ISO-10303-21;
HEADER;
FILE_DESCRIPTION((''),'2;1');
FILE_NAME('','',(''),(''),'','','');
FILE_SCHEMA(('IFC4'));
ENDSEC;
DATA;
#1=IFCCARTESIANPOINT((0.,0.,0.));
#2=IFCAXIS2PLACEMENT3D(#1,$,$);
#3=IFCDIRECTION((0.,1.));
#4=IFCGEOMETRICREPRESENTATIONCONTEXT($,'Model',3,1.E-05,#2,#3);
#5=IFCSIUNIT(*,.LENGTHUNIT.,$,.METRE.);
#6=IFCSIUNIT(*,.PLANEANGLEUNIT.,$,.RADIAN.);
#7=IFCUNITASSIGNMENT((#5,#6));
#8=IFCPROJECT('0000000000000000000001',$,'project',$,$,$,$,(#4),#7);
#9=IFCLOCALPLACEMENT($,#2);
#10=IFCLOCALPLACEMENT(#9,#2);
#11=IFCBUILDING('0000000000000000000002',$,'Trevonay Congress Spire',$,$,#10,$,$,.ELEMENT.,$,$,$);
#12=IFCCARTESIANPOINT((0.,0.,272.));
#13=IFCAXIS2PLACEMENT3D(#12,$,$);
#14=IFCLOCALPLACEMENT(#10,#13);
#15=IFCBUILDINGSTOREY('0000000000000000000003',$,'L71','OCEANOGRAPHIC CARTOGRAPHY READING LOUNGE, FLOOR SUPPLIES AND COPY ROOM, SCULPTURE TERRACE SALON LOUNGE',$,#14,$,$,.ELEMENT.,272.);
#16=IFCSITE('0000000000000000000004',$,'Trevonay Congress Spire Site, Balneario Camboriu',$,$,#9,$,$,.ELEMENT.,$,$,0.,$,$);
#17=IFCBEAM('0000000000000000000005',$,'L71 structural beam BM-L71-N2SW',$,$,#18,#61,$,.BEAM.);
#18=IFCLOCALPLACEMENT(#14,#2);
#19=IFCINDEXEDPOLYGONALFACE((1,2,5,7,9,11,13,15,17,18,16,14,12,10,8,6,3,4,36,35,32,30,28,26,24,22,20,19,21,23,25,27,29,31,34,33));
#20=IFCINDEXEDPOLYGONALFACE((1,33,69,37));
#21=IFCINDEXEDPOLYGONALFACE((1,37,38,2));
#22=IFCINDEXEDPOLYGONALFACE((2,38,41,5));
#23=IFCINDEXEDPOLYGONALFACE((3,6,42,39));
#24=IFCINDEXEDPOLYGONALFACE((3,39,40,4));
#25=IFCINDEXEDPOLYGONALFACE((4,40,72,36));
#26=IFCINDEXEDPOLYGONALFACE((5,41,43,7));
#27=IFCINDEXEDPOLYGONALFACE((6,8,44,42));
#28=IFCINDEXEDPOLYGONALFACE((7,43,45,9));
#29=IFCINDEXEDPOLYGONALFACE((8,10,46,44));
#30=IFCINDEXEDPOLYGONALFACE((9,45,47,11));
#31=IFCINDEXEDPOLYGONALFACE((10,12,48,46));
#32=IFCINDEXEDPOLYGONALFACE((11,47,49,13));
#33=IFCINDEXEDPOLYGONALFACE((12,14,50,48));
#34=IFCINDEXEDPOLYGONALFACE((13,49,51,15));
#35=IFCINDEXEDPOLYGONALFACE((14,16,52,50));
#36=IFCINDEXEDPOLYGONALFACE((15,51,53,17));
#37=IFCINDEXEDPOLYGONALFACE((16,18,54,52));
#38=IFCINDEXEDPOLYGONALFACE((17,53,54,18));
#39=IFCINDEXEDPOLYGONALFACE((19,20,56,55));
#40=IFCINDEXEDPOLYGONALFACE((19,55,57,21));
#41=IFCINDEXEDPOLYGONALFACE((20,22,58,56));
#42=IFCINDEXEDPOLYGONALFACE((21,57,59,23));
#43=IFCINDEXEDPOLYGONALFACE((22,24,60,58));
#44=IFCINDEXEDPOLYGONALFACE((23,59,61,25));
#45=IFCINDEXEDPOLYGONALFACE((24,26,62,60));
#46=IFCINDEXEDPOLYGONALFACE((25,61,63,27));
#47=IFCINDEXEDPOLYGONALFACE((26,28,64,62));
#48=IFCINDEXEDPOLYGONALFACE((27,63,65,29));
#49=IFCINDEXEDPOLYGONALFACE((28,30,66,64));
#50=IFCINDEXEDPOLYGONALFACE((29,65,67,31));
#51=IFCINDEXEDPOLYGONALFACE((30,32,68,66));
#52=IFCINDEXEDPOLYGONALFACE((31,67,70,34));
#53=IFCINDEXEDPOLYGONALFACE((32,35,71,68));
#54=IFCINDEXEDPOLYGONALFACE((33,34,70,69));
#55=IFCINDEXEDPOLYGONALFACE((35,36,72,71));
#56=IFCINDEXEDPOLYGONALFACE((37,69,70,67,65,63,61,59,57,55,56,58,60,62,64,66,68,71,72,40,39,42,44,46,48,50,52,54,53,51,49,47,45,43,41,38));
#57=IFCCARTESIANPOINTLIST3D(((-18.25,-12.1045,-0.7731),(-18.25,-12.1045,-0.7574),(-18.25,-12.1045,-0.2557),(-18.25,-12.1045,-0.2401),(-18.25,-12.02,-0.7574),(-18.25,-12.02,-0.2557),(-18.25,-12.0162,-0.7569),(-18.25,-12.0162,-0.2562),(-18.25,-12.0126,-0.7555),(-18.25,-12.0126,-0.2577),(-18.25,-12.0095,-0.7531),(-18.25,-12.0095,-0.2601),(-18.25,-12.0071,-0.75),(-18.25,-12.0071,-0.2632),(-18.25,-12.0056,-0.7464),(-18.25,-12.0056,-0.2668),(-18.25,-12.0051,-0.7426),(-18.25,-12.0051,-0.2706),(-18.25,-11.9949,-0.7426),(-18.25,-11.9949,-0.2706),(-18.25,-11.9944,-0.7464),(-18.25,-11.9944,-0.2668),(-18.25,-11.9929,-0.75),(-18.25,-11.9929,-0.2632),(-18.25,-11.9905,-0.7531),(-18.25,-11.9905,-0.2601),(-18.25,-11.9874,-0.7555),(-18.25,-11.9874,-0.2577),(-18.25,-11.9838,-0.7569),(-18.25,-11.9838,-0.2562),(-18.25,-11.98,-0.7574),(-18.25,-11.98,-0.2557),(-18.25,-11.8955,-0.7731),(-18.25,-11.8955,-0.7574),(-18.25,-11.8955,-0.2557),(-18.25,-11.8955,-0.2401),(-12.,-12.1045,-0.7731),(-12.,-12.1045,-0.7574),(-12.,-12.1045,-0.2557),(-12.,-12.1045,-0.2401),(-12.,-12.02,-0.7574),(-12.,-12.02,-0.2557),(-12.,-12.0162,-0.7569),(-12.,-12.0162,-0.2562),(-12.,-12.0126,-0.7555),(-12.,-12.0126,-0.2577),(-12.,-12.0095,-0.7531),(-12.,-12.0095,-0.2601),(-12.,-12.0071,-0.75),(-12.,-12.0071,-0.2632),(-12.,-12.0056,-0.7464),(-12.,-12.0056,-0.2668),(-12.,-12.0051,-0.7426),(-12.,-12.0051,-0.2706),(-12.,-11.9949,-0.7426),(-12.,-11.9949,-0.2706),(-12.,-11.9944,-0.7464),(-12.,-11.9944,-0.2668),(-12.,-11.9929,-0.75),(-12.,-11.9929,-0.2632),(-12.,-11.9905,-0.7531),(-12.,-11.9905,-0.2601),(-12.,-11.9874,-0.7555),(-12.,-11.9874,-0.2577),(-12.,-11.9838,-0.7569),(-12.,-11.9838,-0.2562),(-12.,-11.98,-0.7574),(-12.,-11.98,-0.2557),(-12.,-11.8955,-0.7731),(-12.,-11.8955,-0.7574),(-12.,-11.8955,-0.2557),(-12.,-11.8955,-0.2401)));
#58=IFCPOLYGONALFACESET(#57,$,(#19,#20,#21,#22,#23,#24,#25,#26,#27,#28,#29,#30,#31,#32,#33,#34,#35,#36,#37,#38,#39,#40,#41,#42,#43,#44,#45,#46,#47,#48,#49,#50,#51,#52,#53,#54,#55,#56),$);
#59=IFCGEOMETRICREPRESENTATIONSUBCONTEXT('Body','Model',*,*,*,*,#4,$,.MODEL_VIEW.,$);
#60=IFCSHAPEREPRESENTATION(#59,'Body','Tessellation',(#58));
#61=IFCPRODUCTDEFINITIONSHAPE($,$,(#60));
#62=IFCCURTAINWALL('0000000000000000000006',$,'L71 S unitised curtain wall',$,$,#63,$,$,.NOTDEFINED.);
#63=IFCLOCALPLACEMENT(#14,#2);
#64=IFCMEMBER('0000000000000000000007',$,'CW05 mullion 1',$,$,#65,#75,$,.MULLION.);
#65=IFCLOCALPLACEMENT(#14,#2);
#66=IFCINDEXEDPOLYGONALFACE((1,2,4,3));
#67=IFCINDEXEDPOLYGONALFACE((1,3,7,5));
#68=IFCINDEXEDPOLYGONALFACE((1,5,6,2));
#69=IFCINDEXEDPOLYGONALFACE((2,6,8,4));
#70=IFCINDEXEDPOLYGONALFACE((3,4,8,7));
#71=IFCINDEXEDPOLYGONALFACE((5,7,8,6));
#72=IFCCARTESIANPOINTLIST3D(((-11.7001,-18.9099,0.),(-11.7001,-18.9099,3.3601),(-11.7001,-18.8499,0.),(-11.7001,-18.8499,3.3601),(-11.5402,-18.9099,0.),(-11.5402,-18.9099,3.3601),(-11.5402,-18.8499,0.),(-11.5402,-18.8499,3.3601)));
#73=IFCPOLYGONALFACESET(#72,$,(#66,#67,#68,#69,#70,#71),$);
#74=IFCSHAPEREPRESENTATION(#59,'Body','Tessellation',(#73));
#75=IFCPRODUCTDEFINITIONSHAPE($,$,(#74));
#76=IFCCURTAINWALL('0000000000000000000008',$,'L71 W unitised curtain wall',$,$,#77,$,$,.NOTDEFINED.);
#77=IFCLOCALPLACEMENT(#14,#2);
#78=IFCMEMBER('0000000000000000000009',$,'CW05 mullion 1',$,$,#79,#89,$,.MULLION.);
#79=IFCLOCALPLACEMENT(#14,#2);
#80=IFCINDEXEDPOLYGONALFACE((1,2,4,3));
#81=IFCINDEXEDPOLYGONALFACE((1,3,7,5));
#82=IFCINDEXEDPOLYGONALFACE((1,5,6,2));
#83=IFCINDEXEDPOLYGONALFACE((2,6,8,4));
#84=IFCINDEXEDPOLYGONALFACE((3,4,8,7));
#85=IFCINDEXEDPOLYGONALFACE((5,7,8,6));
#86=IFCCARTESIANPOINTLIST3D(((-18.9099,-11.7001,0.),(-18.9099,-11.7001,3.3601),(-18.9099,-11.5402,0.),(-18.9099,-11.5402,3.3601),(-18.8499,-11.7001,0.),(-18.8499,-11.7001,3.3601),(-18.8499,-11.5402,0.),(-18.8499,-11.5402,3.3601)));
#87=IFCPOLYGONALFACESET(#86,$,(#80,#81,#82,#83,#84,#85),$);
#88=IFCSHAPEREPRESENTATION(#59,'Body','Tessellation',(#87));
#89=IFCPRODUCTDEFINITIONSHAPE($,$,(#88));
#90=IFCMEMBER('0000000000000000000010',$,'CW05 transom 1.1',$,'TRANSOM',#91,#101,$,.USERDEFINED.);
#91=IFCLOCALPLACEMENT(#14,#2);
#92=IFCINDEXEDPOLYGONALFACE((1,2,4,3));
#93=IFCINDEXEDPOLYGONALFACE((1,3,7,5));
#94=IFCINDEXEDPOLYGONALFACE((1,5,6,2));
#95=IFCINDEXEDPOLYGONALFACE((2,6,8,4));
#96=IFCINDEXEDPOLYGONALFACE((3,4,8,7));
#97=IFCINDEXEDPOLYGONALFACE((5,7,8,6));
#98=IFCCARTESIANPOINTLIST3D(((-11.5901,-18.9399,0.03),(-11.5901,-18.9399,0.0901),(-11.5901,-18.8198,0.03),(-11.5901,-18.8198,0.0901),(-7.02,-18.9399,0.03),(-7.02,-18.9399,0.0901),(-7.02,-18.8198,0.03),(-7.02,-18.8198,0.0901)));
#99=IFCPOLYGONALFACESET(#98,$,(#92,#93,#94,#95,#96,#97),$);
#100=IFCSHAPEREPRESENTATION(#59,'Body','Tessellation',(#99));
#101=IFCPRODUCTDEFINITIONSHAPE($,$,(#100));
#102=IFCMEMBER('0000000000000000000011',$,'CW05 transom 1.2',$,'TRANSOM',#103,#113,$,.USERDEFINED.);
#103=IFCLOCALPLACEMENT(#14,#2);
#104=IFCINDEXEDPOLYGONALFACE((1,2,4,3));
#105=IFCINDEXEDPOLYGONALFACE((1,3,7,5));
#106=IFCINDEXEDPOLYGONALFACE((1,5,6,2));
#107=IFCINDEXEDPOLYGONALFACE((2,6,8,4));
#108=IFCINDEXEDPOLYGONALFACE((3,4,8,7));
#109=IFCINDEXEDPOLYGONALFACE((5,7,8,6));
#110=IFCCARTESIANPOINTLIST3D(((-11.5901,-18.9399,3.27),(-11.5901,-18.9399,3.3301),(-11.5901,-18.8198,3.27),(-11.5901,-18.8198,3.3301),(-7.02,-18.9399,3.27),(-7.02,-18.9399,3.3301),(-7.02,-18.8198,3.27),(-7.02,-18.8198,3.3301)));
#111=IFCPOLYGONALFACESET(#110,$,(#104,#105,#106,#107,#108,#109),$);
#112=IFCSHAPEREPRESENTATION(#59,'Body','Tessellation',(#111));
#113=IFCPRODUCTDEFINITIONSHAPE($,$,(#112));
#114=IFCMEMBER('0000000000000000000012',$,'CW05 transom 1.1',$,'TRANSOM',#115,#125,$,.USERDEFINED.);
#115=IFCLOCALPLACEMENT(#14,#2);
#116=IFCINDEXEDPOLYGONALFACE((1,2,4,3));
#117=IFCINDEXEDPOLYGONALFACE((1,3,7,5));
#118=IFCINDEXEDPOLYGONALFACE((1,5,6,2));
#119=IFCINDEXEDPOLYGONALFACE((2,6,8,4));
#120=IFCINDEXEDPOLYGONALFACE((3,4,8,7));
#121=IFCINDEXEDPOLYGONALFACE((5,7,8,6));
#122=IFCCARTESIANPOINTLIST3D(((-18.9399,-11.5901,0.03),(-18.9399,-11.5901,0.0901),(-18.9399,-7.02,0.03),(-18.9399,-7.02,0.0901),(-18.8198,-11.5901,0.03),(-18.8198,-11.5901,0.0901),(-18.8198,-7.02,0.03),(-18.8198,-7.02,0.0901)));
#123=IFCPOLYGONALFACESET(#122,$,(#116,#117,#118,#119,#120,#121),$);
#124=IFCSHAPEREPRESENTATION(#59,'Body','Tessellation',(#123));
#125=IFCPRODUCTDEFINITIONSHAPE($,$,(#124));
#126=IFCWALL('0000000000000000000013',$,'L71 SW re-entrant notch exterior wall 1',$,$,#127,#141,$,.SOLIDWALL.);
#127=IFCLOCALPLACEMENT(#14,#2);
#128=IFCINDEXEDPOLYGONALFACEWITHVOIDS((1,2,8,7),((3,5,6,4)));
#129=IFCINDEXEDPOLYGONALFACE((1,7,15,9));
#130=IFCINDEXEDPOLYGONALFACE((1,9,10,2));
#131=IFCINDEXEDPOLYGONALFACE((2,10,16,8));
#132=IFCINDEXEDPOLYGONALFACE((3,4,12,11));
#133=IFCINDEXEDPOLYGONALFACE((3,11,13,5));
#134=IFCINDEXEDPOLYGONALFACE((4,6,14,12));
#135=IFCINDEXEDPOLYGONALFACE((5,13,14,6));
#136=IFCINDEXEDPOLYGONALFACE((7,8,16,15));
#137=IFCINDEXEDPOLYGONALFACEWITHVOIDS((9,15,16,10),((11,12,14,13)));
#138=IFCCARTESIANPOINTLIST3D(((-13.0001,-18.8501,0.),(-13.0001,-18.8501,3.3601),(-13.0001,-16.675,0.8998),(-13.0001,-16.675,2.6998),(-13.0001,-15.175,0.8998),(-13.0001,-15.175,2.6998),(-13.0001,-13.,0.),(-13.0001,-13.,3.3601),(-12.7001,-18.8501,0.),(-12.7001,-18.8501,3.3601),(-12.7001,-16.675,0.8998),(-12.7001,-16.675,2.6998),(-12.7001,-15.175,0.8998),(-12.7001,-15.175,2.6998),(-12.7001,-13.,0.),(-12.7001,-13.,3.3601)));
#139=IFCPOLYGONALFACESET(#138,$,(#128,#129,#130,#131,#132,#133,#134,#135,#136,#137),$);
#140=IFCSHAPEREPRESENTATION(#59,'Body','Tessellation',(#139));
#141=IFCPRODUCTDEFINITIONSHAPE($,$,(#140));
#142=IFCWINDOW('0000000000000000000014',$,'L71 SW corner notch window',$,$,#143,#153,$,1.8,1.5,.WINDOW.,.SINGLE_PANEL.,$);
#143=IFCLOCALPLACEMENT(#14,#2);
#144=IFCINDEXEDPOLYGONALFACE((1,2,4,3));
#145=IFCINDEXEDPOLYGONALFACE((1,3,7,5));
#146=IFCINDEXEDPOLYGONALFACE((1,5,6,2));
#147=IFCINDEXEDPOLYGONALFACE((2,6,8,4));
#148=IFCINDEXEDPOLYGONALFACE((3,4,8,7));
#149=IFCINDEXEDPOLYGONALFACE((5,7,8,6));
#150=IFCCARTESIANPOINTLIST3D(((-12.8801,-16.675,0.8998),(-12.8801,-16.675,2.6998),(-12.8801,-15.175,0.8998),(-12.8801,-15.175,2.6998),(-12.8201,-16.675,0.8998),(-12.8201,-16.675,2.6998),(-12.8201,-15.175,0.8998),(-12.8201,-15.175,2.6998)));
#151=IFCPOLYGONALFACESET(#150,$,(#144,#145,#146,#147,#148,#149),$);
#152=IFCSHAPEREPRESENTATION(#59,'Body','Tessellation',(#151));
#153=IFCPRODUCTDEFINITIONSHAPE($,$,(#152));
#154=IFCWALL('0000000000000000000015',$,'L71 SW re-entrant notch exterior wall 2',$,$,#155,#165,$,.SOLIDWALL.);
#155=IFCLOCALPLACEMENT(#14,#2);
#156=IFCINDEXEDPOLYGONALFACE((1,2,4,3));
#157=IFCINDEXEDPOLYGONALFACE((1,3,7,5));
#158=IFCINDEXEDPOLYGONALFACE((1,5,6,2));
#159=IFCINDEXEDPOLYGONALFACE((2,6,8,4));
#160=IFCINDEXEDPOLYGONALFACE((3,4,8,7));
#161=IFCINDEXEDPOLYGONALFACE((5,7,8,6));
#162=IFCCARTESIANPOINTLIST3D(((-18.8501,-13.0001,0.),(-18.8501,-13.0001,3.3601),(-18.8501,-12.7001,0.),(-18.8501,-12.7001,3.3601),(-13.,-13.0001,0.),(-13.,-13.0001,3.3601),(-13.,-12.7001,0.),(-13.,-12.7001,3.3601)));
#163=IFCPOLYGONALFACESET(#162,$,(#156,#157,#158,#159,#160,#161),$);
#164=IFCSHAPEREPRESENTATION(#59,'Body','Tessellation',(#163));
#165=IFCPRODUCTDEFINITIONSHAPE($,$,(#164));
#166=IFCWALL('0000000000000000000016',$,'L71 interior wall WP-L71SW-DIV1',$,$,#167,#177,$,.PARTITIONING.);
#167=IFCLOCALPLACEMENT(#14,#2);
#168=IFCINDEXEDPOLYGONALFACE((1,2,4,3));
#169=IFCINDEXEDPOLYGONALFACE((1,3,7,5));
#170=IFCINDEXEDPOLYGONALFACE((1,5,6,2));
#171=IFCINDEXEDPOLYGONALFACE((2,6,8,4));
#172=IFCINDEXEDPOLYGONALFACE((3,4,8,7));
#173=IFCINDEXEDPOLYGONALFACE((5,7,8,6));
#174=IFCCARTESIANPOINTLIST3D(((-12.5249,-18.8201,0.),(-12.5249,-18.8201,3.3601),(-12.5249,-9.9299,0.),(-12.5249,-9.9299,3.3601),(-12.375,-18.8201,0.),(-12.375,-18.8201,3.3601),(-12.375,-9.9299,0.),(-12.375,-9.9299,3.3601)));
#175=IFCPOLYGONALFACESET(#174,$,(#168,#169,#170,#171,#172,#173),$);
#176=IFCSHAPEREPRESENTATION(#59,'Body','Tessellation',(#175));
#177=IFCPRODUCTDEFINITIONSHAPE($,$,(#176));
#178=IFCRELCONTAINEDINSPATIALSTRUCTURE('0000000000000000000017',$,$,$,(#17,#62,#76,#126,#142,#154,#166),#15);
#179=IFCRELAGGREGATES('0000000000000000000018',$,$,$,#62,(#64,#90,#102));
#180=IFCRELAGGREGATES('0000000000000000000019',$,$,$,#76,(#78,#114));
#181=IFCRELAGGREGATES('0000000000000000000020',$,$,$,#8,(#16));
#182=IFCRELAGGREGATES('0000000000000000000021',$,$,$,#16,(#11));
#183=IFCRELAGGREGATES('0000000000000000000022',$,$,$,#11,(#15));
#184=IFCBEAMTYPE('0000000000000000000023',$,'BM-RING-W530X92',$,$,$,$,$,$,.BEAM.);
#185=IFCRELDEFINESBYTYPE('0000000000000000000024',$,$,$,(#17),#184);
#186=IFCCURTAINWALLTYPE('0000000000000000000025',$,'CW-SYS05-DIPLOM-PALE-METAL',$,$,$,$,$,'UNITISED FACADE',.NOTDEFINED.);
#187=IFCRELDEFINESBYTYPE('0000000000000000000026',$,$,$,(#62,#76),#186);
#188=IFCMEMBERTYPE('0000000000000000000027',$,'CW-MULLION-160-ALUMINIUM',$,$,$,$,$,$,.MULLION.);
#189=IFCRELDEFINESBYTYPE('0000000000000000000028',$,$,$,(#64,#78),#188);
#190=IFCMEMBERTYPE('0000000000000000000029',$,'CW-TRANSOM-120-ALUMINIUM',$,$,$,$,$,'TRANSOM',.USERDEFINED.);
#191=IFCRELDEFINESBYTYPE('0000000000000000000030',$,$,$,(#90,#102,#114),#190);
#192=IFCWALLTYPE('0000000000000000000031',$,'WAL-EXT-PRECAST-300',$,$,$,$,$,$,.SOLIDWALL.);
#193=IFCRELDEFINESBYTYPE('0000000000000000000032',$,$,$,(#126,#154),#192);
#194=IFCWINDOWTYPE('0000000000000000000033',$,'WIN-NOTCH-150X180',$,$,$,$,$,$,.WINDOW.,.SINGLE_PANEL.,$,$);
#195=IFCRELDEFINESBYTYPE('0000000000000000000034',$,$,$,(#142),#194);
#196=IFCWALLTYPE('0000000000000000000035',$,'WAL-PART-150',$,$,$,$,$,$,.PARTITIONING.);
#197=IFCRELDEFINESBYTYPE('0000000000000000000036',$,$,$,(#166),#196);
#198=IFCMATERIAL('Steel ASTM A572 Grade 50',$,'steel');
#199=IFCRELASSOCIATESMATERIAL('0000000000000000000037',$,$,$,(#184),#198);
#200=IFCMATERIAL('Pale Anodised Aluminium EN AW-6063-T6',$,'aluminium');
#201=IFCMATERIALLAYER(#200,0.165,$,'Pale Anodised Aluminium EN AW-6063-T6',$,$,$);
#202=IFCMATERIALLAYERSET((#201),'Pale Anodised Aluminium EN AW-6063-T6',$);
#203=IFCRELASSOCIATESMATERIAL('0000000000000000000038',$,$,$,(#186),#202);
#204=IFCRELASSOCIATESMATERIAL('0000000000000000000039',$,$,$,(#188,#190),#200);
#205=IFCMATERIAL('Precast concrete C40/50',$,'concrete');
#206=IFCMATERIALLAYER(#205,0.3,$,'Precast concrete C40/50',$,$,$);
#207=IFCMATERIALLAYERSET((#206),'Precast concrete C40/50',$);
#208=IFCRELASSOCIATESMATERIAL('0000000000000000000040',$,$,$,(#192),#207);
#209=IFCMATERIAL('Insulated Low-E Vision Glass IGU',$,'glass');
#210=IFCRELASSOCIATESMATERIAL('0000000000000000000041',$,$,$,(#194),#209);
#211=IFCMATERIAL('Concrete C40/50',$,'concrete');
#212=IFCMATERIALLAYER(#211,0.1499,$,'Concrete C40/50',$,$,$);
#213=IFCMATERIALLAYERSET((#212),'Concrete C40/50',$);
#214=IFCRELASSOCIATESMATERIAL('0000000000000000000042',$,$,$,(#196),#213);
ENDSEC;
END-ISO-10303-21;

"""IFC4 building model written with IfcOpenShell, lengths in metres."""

from ifc_helpers import new_model, si_unit, direction, frame, frame_2d, origin, origin_2d, place, context, subcontext, project, spatial, rectangle, i_section, extrude, material, layer, layer_set, material_profile, profile_set, type_object, element, fill, aggregate, save


model = new_model("IFC4")

# Units and contexts
model_context = context("Model", 3, precision=1e-05, world=origin(), true_north=direction((0.0, 1.0)))
body_context = subcontext(model_context, "Body", "Model", "MODEL_VIEW")
ifc_project = project(units=[si_unit("LENGTHUNIT", "METRE"), si_unit("PLANEANGLEUNIT", "RADIAN")], contexts=[model_context])

# Site, building, storey
site_placement = place(None, origin())
site = spatial("IfcSite", under=ifc_project, at=site_placement, Name="Trevonay Congress Spire Site, Balneario Camboriu", CompositionType="ELEMENT", RefElevation=0.0)
building_placement = place(site_placement, origin())
building = spatial("IfcBuilding", under=site, at=building_placement, Name="Trevonay Congress Spire", CompositionType="ELEMENT")
storey_placement = place(building_placement, frame((0.0, 0.0, 272.0)))
storey = spatial("IfcBuildingStorey", under=building, at=storey_placement, Name="L71", Description="OCEANOGRAPHIC CARTOGRAPHY READING LOUNGE, FLOOR SUPPLIES AND COPY ROOM, SCULPTURE TERRACE SALON LOUNGE", CompositionType="ELEMENT", Elevation=272.0)

# Shared definitions
ifc_material_1 = material(Name="Steel ASTM A572 Grade 50", Category="steel")

# Beam
ifc_material_profile_1 = material_profile(ifc_material_1, i_section(OverallWidth=0.209, OverallDepth=0.533, WebThickness=0.0103, FlangeThickness=0.0156, FilletRadius=0.0149, at=origin_2d()), Name="W530x92")
ifc_profile_set_1 = profile_set([ifc_material_profile_1], Name="Steel ASTM A572 Grade 50")
beam_type = type_object("IfcBeamType", Name="BM-RING-W530X92", PredefinedType="BEAM", material=ifc_profile_set_1)
for number, where, z_axis, x_axis, name in (
    (1, (-18.25, -12.0, -0.5066), (1.0, 0.0, 0.0), (0.0, 1.0, 0.0), "L71 structural beam BM-L71-N2SW"),
):
    element("IfcBeam", number, at=place(storey_placement, frame(where, z_axis=z_axis, x_axis=x_axis)), inside=storey, type_object=beam_type, Name=name, PredefinedType="BEAM", context=body_context, shape_type="SweptSolid", body=[
        extrude(i_section(OverallWidth=0.209, OverallDepth=0.533, WebThickness=0.0103, FlangeThickness=0.0156, FilletRadius=0.0149, at=origin_2d()), origin(), (0.0, 0.0, 1.0), 6.25),
    ])

# Curtain walls, members
ifc_material_2 = material(Name="Pale Anodised Aluminium EN AW-6063-T6", Category="aluminium")
ifc_layer_1 = layer(ifc_material_2, 0.165, Name="Pale Anodised Aluminium EN AW-6063-T6")
ifc_layer_set_1 = layer_set([ifc_layer_1], Name="Pale Anodised Aluminium EN AW-6063-T6")
curtain_wall_type = type_object("IfcCurtainWallType", Name="CW-SYS05-DIPLOM-PALE-METAL", ElementType="UNITISED FACADE", PredefinedType="NOTDEFINED", material=ifc_layer_set_1)
curtain_wall_1_placement = place(storey_placement, origin())
curtain_wall_1 = element("IfcCurtainWall", 2, at=curtain_wall_1_placement, inside=storey, type_object=curtain_wall_type, Name="L71 S unitised curtain wall", PredefinedType="NOTDEFINED")
ifc_material_profile_2 = material_profile(ifc_material_2, rectangle(XDim=0.0601, YDim=0.1599, at=origin_2d()), Name="CW-MULLION-160-ALUMINIUM")
ifc_profile_set_2 = profile_set([ifc_material_profile_2], Name="Pale Anodised Aluminium EN AW-6063-T6")
member_type_1 = type_object("IfcMemberType", Name="CW-MULLION-160-ALUMINIUM", PredefinedType="MULLION", material=ifc_profile_set_2)
member_1_placement = place(storey_placement, frame((-11.6201, -18.8799, 0.0), z_axis=(0.0, 0.0, 1.0), x_axis=(0.0, 1.0, 0.0)))
member_1 = element("IfcMember", 3, at=member_1_placement, type_object=member_type_1, Name="CW05 mullion 1", PredefinedType="MULLION", context=body_context, shape_type="SweptSolid", body=[
    extrude(rectangle(XDim=0.0601, YDim=0.1599, at=origin_2d()), origin(), (0.0, 0.0, 1.0), 3.3601),
])
curtain_wall_2_placement = place(storey_placement, origin())
curtain_wall_2 = element("IfcCurtainWall", 4, at=curtain_wall_2_placement, inside=storey, type_object=curtain_wall_type, Name="L71 W unitised curtain wall", PredefinedType="NOTDEFINED")
member_2_placement = place(storey_placement, frame((-18.8799, -11.6201, 0.0), z_axis=(0.0, 0.0, 1.0), x_axis=(-1.0, 0.0, 0.0)))
member_2 = element("IfcMember", 5, at=member_2_placement, type_object=member_type_1, Name="CW05 mullion 1", PredefinedType="MULLION", context=body_context, shape_type="SweptSolid", body=[
    extrude(rectangle(XDim=0.0601, YDim=0.1599, at=origin_2d()), origin(), (0.0, 0.0, 1.0), 3.3601),
])

# Members
ifc_material_profile_3 = material_profile(ifc_material_2, rectangle(XDim=0.1201, YDim=0.0601, at=origin_2d()), Name="CW-TRANSOM-120-ALUMINIUM")
ifc_profile_set_3 = profile_set([ifc_material_profile_3], Name="Pale Anodised Aluminium EN AW-6063-T6")
member_type_2 = type_object("IfcMemberType", Name="CW-TRANSOM-120-ALUMINIUM", ElementType="TRANSOM", PredefinedType="USERDEFINED", material=ifc_profile_set_3)
member_3_placement = place(storey_placement, frame((-11.5901, -18.8799, 0.0601), z_axis=(1.0, 0.0, 0.0), x_axis=(0.0, 1.0, 0.0)))
member_3 = element("IfcMember", 6, at=member_3_placement, type_object=member_type_2, Name="CW05 transom 1.1", ObjectType="TRANSOM", PredefinedType="USERDEFINED", context=body_context, shape_type="SweptSolid", body=[
    extrude(rectangle(XDim=0.1201, YDim=0.0601, at=origin_2d()), origin(), (0.0, 0.0, 1.0), 4.5701),
])
member_4_placement = place(storey_placement, frame((-11.5901, -18.8799, 3.3), z_axis=(1.0, 0.0, 0.0), x_axis=(0.0, 1.0, 0.0)))
member_4 = element("IfcMember", 7, at=member_4_placement, type_object=member_type_2, Name="CW05 transom 1.2", ObjectType="TRANSOM", PredefinedType="USERDEFINED", context=body_context, shape_type="SweptSolid", body=[
    extrude(rectangle(XDim=0.1201, YDim=0.0601, at=origin_2d()), origin(), (0.0, 0.0, 1.0), 4.5701),
])
aggregate(curtain_wall_1, [member_1, member_3, member_4])
member_5_placement = place(storey_placement, frame((-18.8799, -11.5901, 0.0601), z_axis=(0.0, 1.0, 0.0), x_axis=(-1.0, 0.0, 0.0)))
member_5 = element("IfcMember", 8, at=member_5_placement, type_object=member_type_2, Name="CW05 transom 1.1", ObjectType="TRANSOM", PredefinedType="USERDEFINED", context=body_context, shape_type="SweptSolid", body=[
    extrude(rectangle(XDim=0.1201, YDim=0.0601, at=origin_2d()), origin(), (0.0, 0.0, 1.0), 4.5701),
])
aggregate(curtain_wall_2, [member_2, member_5])

# Wall, opening, window
ifc_material_3 = material(Name="Precast concrete C40/50", Category="concrete")
ifc_layer_2 = layer(ifc_material_3, 0.3, Name="Precast concrete C40/50")
ifc_layer_set_2 = layer_set([ifc_layer_2], Name="Precast concrete C40/50")
wall_type_1 = type_object("IfcWallType", Name="WAL-EXT-PRECAST-300", PredefinedType="SOLIDWALL", material=ifc_layer_set_2)
wall_1_placement = place(storey_placement, frame((-12.8501, -18.8501, 0.0), z_axis=(0.0, 0.0, 1.0), x_axis=(0.0, 1.0, 0.0)))
wall_1 = element("IfcWall", 9, at=wall_1_placement, inside=storey, type_object=wall_type_1, Name="L71 SW re-entrant notch exterior wall 1", PredefinedType="SOLIDWALL", context=body_context, shape_type="SweptSolid", body=[
    extrude(rectangle(XDim=5.8501, YDim=0.3, at=frame_2d((2.925, 0.0))), origin(), (0.0, 0.0, 1.0), 3.3601),
])
opening_placement = place(wall_1_placement, frame((2.175, 0.0, 0.8999)))
opening = element("IfcOpeningElement", 10, at=opening_placement, cuts=wall_1, PredefinedType="OPENING", context=body_context, shape_type="SweptSolid", body=[
    extrude(rectangle(XDim=1.5, YDim=1.8, at=frame_2d((0.75, 0.8999))), frame((0.0, 0.1602, 0.0), z_axis=(0.0, -1.0, 0.0), x_axis=(1.0, 0.0, 0.0)), (0.0, 0.0, 1.0), 0.3201),
])
ifc_material_4 = material(Name="Insulated Low-E Vision Glass IGU", Category="glass")
window_type = type_object("IfcWindowType", Name="WIN-NOTCH-150X180", PartitioningType="SINGLE_PANEL", PredefinedType="WINDOW", material=ifc_material_4)
window_placement = place(opening_placement, origin())
window = element("IfcWindow", 11, at=window_placement, inside=storey, type_object=window_type, Name="L71 SW corner notch window", OverallHeight=1.8, OverallWidth=1.5, PartitioningType="SINGLE_PANEL", PredefinedType="WINDOW", context=body_context, shape_type="SweptSolid", body=[
    extrude(rectangle(XDim=1.5, YDim=1.8, at=frame_2d((0.75, 0.8999))), frame((0.0, 0.03, 0.0), z_axis=(0.0, -1.0, 0.0), x_axis=(1.0, 0.0, 0.0)), (0.0, 0.0, 1.0), 0.0601),
])
fill(opening, window)

# Walls
wall_2_placement = place(storey_placement, frame((-18.8501, -12.8501, 0.0), z_axis=(0.0, 0.0, 1.0), x_axis=(1.0, 0.0, 0.0)))
element("IfcWall", 12, at=wall_2_placement, inside=storey, type_object=wall_type_1, Name="L71 SW re-entrant notch exterior wall 2", PredefinedType="SOLIDWALL", context=body_context, shape_type="SweptSolid", body=[
    extrude(rectangle(XDim=5.8501, YDim=0.3, at=frame_2d((2.925, 0.0))), origin(), (0.0, 0.0, 1.0), 3.3601),
])
ifc_material_5 = material(Name="Concrete C40/50", Category="concrete")
ifc_layer_3 = layer(ifc_material_5, 0.1499, Name="Concrete C40/50")
ifc_layer_set_3 = layer_set([ifc_layer_3], Name="Concrete C40/50")
wall_type_2 = type_object("IfcWallType", Name="WAL-PART-150", PredefinedType="PARTITIONING", material=ifc_layer_set_3)
for number, where, z_axis, x_axis, name in (
    (13, (-12.45, -18.8201, 0.0), (0.0, 0.0, 1.0), (0.0, 1.0, 0.0), "L71 interior wall WP-L71SW-DIV1"),
):
    element("IfcWall", number, at=place(storey_placement, frame(where, z_axis=z_axis, x_axis=x_axis)), inside=storey, type_object=wall_type_2, Name=name, PredefinedType="PARTITIONING", context=body_context, shape_type="SweptSolid", body=[
        extrude(rectangle(XDim=8.8901, YDim=0.1499, at=frame_2d((4.4451, 0.0))), origin(), (0.0, 0.0, 1.0), 3.3601),
    ])

save(model, "model.ifc")
